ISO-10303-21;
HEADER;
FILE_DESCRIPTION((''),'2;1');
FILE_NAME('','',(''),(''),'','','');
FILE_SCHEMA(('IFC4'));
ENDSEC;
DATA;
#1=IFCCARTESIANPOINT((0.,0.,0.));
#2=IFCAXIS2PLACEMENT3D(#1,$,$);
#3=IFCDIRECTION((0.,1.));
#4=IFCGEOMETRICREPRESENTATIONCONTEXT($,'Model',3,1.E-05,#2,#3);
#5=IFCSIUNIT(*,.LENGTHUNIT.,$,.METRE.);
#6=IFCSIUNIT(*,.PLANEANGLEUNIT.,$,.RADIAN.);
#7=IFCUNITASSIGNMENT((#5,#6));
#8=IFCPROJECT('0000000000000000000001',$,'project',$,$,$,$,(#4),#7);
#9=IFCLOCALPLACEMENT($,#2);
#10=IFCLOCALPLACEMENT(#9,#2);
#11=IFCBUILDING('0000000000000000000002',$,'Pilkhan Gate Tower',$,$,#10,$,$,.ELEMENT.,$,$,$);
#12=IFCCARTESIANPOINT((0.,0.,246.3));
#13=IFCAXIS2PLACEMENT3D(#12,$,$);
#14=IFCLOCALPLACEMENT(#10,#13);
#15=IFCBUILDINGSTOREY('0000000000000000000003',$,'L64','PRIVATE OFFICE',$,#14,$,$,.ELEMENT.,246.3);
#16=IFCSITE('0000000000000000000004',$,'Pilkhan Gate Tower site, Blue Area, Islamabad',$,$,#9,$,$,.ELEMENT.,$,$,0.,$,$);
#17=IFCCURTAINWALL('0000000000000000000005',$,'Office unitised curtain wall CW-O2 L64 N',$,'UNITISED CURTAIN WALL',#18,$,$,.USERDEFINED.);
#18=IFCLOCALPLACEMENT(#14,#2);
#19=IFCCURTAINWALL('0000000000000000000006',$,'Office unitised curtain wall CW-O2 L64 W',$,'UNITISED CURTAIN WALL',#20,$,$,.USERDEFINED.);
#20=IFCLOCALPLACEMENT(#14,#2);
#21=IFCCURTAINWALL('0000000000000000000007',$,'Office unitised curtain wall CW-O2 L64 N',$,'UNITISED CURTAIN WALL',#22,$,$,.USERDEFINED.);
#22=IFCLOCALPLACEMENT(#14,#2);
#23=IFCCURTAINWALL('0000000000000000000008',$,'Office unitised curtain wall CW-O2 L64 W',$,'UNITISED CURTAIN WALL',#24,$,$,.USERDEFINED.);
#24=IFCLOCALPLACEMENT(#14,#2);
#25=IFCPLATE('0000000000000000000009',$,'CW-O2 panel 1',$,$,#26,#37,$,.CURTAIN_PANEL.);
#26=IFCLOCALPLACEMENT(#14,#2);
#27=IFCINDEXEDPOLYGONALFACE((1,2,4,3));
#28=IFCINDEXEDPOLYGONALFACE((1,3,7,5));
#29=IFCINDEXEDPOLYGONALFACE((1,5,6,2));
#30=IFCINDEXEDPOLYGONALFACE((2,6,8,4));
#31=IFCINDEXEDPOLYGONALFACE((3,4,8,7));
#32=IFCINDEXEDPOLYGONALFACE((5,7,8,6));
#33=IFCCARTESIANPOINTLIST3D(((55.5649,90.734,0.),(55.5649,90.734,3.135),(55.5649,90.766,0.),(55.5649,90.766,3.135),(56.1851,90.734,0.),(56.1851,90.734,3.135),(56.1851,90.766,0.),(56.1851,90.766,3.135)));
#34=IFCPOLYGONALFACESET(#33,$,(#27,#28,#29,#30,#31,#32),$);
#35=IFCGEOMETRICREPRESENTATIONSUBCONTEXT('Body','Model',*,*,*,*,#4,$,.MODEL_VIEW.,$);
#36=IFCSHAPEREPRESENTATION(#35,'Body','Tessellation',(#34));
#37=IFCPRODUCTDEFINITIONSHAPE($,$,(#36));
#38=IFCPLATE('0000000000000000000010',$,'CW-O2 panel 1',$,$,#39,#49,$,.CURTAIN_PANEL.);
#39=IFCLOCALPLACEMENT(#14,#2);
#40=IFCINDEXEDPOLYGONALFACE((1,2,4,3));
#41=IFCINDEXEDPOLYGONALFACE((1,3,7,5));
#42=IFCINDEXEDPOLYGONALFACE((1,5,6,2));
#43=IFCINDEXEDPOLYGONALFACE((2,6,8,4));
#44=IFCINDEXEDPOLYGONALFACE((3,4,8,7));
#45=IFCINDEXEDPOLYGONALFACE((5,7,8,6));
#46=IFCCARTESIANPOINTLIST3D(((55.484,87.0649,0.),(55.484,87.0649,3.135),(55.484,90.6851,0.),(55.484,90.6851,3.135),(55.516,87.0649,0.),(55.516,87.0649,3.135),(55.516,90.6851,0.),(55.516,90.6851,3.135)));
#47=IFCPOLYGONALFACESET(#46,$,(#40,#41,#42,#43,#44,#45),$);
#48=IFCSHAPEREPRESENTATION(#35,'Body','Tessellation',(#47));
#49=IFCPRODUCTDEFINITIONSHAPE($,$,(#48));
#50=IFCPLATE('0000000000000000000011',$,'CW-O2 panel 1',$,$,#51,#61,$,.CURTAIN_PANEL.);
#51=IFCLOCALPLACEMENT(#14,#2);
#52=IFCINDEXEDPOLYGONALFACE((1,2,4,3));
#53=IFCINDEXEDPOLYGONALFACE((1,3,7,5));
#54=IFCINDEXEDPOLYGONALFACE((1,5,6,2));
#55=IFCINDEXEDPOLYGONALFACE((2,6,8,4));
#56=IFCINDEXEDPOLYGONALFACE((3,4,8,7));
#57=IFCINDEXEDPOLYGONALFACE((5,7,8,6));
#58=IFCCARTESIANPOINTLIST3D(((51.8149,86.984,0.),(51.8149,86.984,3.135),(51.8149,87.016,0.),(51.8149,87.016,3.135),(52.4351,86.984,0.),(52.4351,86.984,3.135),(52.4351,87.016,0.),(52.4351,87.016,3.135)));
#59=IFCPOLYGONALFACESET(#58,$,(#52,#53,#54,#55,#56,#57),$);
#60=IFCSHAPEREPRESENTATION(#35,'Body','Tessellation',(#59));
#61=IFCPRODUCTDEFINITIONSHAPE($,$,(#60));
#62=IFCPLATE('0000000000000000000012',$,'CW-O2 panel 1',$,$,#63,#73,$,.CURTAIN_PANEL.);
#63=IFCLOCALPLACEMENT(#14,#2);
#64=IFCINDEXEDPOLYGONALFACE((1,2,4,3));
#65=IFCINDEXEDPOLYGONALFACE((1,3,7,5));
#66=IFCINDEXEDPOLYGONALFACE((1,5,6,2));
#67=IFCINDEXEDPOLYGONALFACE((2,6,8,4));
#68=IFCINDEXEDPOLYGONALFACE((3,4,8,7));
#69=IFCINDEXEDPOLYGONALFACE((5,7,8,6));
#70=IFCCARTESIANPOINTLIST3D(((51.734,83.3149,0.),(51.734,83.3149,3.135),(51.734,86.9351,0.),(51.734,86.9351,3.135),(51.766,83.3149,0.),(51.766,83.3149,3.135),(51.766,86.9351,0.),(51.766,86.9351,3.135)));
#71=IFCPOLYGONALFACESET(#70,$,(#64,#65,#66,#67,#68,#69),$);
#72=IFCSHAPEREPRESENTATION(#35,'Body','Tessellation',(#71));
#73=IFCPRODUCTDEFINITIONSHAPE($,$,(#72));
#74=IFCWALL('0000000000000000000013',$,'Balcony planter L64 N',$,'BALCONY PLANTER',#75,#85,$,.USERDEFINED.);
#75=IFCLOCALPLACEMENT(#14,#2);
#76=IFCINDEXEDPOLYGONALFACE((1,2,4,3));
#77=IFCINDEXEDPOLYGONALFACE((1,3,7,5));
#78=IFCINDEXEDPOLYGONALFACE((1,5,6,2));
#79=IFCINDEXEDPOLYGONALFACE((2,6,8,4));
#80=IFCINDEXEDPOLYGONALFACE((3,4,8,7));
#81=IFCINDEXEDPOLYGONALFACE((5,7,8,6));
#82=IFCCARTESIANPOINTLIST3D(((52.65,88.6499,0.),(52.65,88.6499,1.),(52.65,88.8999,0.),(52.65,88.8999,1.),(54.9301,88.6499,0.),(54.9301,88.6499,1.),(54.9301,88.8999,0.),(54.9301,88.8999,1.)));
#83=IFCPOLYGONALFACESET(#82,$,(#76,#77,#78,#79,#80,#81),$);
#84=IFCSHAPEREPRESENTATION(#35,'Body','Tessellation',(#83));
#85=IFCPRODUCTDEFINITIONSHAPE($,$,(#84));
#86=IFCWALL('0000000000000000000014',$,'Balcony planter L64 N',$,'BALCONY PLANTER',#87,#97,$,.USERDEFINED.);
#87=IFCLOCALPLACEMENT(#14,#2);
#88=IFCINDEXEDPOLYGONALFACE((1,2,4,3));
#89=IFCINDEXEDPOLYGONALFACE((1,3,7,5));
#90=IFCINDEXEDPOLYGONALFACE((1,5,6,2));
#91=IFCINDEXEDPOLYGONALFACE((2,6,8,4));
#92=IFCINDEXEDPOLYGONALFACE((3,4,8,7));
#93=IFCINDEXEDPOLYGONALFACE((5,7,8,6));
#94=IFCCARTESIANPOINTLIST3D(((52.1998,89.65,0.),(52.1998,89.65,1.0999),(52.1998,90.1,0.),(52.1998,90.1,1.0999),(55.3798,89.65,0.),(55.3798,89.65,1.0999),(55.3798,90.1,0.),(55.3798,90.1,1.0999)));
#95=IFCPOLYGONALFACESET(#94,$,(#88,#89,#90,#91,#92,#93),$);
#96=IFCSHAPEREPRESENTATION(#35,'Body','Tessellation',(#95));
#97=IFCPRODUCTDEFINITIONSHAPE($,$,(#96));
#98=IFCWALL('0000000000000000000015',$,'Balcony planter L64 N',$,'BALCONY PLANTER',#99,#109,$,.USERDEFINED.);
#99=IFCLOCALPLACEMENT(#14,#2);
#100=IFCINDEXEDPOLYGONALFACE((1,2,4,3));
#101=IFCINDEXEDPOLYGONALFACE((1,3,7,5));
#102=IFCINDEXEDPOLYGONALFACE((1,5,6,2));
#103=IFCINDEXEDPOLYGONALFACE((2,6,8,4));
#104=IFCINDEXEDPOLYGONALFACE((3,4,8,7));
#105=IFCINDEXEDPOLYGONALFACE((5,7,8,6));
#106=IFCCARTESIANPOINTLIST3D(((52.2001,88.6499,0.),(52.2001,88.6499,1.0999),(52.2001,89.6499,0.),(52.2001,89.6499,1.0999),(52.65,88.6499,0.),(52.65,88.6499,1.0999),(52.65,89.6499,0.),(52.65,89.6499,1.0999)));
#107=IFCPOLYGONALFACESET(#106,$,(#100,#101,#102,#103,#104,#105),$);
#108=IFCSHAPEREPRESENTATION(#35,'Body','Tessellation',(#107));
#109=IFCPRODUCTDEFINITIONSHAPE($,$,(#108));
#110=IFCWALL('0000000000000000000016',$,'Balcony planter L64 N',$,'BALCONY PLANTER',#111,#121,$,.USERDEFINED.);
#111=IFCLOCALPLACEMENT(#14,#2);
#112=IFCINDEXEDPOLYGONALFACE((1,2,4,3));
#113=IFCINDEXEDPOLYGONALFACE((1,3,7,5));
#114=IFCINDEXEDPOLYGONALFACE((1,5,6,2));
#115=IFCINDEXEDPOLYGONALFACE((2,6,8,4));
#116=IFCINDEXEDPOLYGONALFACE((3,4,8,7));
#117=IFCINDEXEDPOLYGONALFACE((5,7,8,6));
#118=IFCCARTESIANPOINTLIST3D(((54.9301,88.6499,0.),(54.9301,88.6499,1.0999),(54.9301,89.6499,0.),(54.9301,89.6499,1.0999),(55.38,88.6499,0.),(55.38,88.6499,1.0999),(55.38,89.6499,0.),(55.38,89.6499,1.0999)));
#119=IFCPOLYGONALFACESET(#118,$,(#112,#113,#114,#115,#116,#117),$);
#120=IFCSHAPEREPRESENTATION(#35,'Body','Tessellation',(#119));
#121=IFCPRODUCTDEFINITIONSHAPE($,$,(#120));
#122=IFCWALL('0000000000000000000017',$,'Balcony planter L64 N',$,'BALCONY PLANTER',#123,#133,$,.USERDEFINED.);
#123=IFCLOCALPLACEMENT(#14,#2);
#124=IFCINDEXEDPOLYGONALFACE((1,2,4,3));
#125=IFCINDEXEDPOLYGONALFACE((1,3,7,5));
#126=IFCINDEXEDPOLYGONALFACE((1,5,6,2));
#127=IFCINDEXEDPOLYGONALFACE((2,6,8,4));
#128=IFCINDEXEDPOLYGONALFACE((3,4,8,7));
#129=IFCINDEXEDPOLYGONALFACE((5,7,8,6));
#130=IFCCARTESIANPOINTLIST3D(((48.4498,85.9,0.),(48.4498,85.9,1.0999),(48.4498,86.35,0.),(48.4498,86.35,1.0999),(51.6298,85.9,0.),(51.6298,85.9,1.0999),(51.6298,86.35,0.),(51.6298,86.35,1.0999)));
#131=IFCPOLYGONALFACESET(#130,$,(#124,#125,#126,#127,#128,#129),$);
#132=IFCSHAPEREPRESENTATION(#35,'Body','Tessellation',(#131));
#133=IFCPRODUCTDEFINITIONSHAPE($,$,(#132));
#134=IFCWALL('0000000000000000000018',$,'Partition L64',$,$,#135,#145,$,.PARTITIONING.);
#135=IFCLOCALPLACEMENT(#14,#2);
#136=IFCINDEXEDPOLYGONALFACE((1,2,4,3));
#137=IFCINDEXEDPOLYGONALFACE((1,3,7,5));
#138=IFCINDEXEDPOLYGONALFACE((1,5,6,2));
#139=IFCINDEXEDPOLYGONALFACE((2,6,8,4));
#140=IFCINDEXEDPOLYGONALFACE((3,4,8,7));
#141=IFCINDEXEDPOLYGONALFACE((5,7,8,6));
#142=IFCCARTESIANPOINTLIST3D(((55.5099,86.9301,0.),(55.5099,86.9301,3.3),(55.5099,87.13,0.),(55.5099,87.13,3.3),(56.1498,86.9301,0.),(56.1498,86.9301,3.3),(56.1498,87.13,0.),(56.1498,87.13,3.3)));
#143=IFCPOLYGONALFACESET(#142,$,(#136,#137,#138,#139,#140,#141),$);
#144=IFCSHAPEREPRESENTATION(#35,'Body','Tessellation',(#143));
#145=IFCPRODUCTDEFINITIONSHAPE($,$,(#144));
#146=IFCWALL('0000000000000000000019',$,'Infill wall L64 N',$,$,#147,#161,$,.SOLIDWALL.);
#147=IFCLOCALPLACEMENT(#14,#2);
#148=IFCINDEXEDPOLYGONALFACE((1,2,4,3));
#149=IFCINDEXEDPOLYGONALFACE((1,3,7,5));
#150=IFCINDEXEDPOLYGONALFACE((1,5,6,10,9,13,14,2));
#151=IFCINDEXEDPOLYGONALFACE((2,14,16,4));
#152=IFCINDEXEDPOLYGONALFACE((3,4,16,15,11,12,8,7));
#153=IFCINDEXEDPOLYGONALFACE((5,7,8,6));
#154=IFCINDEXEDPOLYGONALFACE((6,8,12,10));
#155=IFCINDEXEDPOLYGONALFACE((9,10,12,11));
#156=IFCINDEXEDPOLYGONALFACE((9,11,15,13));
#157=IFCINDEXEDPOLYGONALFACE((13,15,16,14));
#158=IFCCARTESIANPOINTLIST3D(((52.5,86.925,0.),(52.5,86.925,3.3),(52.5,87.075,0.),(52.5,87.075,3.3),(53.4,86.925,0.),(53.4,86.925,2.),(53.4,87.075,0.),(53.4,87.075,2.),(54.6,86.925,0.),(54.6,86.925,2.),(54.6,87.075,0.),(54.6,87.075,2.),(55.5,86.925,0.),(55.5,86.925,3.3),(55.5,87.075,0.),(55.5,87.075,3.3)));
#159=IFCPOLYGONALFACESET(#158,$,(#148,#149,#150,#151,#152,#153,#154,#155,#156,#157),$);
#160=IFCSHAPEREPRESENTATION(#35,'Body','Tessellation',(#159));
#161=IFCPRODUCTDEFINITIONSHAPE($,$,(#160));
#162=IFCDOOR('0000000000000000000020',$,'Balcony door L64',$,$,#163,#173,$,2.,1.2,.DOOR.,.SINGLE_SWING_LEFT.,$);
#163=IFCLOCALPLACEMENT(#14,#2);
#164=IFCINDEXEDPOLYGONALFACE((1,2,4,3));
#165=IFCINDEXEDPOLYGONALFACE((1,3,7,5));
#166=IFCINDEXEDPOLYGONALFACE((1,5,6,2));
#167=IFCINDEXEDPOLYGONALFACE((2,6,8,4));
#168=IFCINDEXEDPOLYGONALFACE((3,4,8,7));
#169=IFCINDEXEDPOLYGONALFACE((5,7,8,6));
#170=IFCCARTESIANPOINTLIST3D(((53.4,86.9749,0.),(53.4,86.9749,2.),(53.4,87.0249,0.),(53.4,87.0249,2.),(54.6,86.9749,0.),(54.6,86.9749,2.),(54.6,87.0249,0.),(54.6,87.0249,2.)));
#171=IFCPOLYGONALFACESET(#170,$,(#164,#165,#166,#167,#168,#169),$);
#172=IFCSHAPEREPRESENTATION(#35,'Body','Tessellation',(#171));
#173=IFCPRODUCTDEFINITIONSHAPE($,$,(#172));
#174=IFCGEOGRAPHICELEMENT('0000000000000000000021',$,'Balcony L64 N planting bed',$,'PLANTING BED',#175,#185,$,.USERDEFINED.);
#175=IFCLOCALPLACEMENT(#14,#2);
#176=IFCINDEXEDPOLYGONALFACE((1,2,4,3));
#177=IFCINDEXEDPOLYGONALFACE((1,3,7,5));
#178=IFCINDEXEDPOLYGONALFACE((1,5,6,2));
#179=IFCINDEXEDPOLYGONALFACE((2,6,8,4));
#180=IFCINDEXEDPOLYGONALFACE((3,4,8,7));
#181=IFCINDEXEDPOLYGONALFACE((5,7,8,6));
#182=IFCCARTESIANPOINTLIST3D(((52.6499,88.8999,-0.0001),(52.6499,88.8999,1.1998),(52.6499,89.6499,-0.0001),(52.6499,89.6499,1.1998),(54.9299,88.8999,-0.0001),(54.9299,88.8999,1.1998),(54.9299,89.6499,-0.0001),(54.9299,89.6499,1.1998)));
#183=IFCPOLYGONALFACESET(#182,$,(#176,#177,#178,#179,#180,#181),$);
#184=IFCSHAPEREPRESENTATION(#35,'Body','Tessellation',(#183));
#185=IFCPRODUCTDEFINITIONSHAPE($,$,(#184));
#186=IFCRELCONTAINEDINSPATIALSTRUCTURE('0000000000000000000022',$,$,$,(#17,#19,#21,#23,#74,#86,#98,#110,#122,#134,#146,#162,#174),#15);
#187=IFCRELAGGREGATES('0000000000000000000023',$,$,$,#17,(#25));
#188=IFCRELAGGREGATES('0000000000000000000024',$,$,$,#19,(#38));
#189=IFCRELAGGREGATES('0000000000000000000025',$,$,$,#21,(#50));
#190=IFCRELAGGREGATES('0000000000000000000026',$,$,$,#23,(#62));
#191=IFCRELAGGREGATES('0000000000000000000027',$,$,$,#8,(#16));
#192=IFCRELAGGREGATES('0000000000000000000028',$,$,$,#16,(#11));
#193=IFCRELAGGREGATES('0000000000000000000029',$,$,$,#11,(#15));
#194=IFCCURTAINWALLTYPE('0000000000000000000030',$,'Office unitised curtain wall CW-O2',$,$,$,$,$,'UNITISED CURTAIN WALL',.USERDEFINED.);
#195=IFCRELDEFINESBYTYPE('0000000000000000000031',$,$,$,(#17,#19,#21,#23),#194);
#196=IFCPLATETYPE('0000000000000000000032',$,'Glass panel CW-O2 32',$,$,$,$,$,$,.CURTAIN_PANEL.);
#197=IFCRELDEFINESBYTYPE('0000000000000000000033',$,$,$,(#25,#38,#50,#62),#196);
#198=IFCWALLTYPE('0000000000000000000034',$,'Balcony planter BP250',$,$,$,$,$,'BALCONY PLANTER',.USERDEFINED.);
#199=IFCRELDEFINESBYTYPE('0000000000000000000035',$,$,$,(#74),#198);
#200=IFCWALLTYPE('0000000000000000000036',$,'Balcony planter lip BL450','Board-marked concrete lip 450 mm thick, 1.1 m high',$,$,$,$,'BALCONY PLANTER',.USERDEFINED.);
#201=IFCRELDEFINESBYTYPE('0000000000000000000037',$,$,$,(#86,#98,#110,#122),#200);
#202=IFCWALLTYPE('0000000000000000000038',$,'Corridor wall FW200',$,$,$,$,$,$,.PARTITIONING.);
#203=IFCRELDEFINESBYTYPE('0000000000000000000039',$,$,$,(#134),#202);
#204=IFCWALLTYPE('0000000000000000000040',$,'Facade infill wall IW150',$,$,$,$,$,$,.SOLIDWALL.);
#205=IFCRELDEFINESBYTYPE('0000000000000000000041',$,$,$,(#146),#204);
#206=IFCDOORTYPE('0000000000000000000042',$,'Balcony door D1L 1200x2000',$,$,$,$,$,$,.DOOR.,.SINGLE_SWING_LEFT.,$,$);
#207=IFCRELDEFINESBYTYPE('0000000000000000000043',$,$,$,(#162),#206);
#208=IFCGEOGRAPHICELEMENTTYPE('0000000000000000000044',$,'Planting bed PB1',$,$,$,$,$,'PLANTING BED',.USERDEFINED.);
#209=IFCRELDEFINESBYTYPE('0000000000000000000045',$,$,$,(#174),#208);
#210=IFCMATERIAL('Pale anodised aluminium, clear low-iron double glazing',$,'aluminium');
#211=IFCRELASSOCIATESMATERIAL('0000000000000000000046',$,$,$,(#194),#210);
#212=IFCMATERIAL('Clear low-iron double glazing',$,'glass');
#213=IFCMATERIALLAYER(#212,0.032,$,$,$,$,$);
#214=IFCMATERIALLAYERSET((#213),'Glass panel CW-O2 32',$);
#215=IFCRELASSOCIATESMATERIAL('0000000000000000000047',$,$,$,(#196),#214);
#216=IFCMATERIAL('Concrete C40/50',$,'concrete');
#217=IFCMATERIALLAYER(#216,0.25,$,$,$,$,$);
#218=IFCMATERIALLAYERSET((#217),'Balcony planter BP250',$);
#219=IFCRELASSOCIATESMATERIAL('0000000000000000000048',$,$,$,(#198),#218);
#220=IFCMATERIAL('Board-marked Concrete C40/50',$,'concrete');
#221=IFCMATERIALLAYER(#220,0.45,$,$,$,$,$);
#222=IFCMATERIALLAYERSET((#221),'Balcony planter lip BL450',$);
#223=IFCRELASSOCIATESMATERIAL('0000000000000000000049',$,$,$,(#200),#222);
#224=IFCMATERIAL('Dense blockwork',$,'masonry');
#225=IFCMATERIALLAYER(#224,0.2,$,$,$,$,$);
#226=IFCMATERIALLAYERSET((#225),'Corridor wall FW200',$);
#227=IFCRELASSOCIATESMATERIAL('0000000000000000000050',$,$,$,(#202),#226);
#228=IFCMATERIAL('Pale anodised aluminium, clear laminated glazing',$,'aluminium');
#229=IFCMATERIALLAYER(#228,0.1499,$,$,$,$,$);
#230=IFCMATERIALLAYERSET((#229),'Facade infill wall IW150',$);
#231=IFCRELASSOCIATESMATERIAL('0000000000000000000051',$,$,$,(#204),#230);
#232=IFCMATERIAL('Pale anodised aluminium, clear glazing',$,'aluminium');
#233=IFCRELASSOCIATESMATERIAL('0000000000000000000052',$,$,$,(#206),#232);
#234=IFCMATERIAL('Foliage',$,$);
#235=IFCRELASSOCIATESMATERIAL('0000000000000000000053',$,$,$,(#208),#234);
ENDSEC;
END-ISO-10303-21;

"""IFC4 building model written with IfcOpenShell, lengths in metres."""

from ifc_helpers import new_model, si_unit, direction, frame, frame_2d, origin, origin_2d, place, context, subcontext, project, spatial, rectangle, extrude, material, layer, layer_set, material_profile, profile_set, type_object, element, fill, aggregate, save


model = new_model("IFC4")

# Units and contexts
model_context = context("Model", 3, precision=1e-05, world=origin(), true_north=direction((0.0, 1.0)))
body_context = subcontext(model_context, "Body", "Model", "MODEL_VIEW")
ifc_project = project(units=[si_unit("LENGTHUNIT", "METRE"), si_unit("PLANEANGLEUNIT", "RADIAN")], contexts=[model_context])

# Site, building, storey
site_placement = place(None, origin())
site = spatial("IfcSite", under=ifc_project, at=site_placement, Name="Pilkhan Gate Tower site, Blue Area, Islamabad", CompositionType="ELEMENT", RefElevation=0.0)
building_placement = place(site_placement, origin())
building = spatial("IfcBuilding", under=site, at=building_placement, Name="Pilkhan Gate Tower", CompositionType="ELEMENT")
storey_placement = place(building_placement, frame((0.0, 0.0, 246.3)))
storey = spatial("IfcBuildingStorey", under=building, at=storey_placement, Name="L64", Description="PRIVATE OFFICE", CompositionType="ELEMENT", Elevation=246.3)

# Curtain wall
ifc_material_1 = material(Name="Pale anodised aluminium, clear low-iron double glazing", Category="aluminium")
curtain_wall_type = type_object("IfcCurtainWallType", Name="Office unitised curtain wall CW-O2", ElementType="UNITISED CURTAIN WALL", PredefinedType="USERDEFINED", material=ifc_material_1)
curtain_wall_1_placement = place(storey_placement, origin())
curtain_wall_1 = element("IfcCurtainWall", 1, at=curtain_wall_1_placement, inside=storey, type_object=curtain_wall_type, Name="Office unitised curtain wall CW-O2 L64 N", ObjectType="UNITISED CURTAIN WALL", PredefinedType="USERDEFINED")

# Curtain walls
curtain_wall_2_placement = place(storey_placement, origin())
curtain_wall_2 = element("IfcCurtainWall", 2, at=curtain_wall_2_placement, inside=storey, type_object=curtain_wall_type, Name="Office unitised curtain wall CW-O2 L64 W", ObjectType="UNITISED CURTAIN WALL", PredefinedType="USERDEFINED")
curtain_wall_3_placement = place(storey_placement, origin())
curtain_wall_3 = element("IfcCurtainWall", 3, at=curtain_wall_3_placement, inside=storey, type_object=curtain_wall_type, Name="Office unitised curtain wall CW-O2 L64 N", ObjectType="UNITISED CURTAIN WALL", PredefinedType="USERDEFINED")

# Curtain wall
curtain_wall_4_placement = place(storey_placement, origin())
curtain_wall_4 = element("IfcCurtainWall", 4, at=curtain_wall_4_placement, inside=storey, type_object=curtain_wall_type, Name="Office unitised curtain wall CW-O2 L64 W", ObjectType="UNITISED CURTAIN WALL", PredefinedType="USERDEFINED")

# Plates
ifc_material_2 = material(Name="Clear low-iron double glazing", Category="glass")
ifc_layer_1 = layer(ifc_material_2, 0.032)
ifc_layer_set_1 = layer_set([ifc_layer_1], Name="Glass panel CW-O2 32")
plate_type = type_object("IfcPlateType", Name="Glass panel CW-O2 32", PredefinedType="CURTAIN_PANEL", material=ifc_layer_set_1)
plate_1_placement = place(storey_placement, frame((55.875, 90.75, 0.0), z_axis=(0.0, 0.0, 1.0), x_axis=(1.0, 0.0, 0.0)))
plate_1 = element("IfcPlate", 5, at=plate_1_placement, type_object=plate_type, Name="CW-O2 panel 1", PredefinedType="CURTAIN_PANEL", context=body_context, shape_type="SweptSolid", body=[
    extrude(rectangle(XDim=0.6201, YDim=0.032, at=origin_2d()), origin(), (0.0, 0.0, 1.0), 3.135),
])
aggregate(curtain_wall_1, [plate_1])
plate_2_placement = place(storey_placement, frame((55.5, 88.875, 0.0), z_axis=(0.0, 0.0, 1.0), x_axis=(0.0, 1.0, 0.0)))
plate_2 = element("IfcPlate", 6, at=plate_2_placement, type_object=plate_type, Name="CW-O2 panel 1", PredefinedType="CURTAIN_PANEL", context=body_context, shape_type="SweptSolid", body=[
    extrude(rectangle(XDim=3.6201, YDim=0.032, at=origin_2d()), origin(), (0.0, 0.0, 1.0), 3.135),
])
aggregate(curtain_wall_2, [plate_2])
plate_3_placement = place(storey_placement, frame((52.125, 87.0, 0.0), z_axis=(0.0, 0.0, 1.0), x_axis=(1.0, 0.0, 0.0)))
plate_3 = element("IfcPlate", 7, at=plate_3_placement, type_object=plate_type, Name="CW-O2 panel 1", PredefinedType="CURTAIN_PANEL", context=body_context, shape_type="SweptSolid", body=[
    extrude(rectangle(XDim=0.6201, YDim=0.032, at=origin_2d()), origin(), (0.0, 0.0, 1.0), 3.135),
])
aggregate(curtain_wall_3, [plate_3])
plate_4_placement = place(storey_placement, frame((51.75, 85.125, 0.0), z_axis=(0.0, 0.0, 1.0), x_axis=(0.0, 1.0, 0.0)))
plate_4 = element("IfcPlate", 8, at=plate_4_placement, type_object=plate_type, Name="CW-O2 panel 1", PredefinedType="CURTAIN_PANEL", context=body_context, shape_type="SweptSolid", body=[
    extrude(rectangle(XDim=3.6201, YDim=0.032, at=origin_2d()), origin(), (0.0, 0.0, 1.0), 3.135),
])
aggregate(curtain_wall_4, [plate_4])

# Walls
ifc_material_3 = material(Name="Concrete C40/50", Category="concrete")
ifc_layer_2 = layer(ifc_material_3, 0.25)
ifc_layer_set_2 = layer_set([ifc_layer_2], Name="Balcony planter BP250")
wall_type_1 = type_object("IfcWallType", Name="Balcony planter BP250", ElementType="BALCONY PLANTER", PredefinedType="USERDEFINED", material=ifc_layer_set_2)
wall_1_placement = place(storey_placement, frame((52.6499, 88.7749, 0.0), z_axis=(0.0, 0.0, 1.0), x_axis=(1.0, 0.0, 0.0)))
element("IfcWall", 9, at=wall_1_placement, inside=storey, type_object=wall_type_1, Name="Balcony planter L64 N", ObjectType="BALCONY PLANTER", PredefinedType="USERDEFINED", context=body_context, shape_type="SweptSolid", body=[
    extrude(rectangle(XDim=2.28, YDim=0.25, at=frame_2d((1.1401, 0.0))), origin(), (0.0, 0.0, 1.0), 1.0),
])
ifc_material_4 = material(Name="Board-marked Concrete C40/50", Category="concrete")
ifc_layer_3 = layer(ifc_material_4, 0.45)
ifc_layer_set_3 = layer_set([ifc_layer_3], Name="Balcony planter lip BL450")
wall_type_2 = type_object("IfcWallType", Name="Balcony planter lip BL450", Description="Board-marked concrete lip 450 mm thick, 1.1 m high", ElementType="BALCONY PLANTER", PredefinedType="USERDEFINED", material=ifc_layer_set_3)
wall_2_placement = place(storey_placement, frame((52.2, 89.875, 0.0), z_axis=(0.0, 0.0, 1.0), x_axis=(1.0, 0.0, 0.0)))
element("IfcWall", 10, at=wall_2_placement, inside=storey, type_object=wall_type_2, Name="Balcony planter L64 N", ObjectType="BALCONY PLANTER", PredefinedType="USERDEFINED", context=body_context, shape_type="SweptSolid", body=[
    extrude(rectangle(XDim=3.1799, YDim=0.45, at=frame_2d((1.5898, 0.0))), origin(), (0.0, 0.0, 1.0), 1.0999),
])
for number, where, z_axis, x_axis, name in (
    (11, (52.425, 88.6499, 0.0), (0.0, 0.0, 1.0), (0.0, 1.0, 0.0), "Balcony planter L64 N"),
    (12, (55.155, 88.6499, 0.0), (0.0, 0.0, 1.0), (0.0, 1.0, 0.0), "Balcony planter L64 N"),
):
    element("IfcWall", number, at=place(storey_placement, frame(where, z_axis=z_axis, x_axis=x_axis)), inside=storey, type_object=wall_type_2, Name=name, ObjectType="BALCONY PLANTER", PredefinedType="USERDEFINED", context=body_context, shape_type="SweptSolid", body=[
        extrude(rectangle(XDim=1.0, YDim=0.45, at=frame_2d((0.5, 0.0))), origin(), (0.0, 0.0, 1.0), 1.0999),
    ])
wall_3_placement = place(storey_placement, frame((48.45, 86.125, 0.0), z_axis=(0.0, 0.0, 1.0), x_axis=(1.0, 0.0, 0.0)))
element("IfcWall", 13, at=wall_3_placement, inside=storey, type_object=wall_type_2, Name="Balcony planter L64 N", ObjectType="BALCONY PLANTER", PredefinedType="USERDEFINED", context=body_context, shape_type="SweptSolid", body=[
    extrude(rectangle(XDim=3.1799, YDim=0.45, at=frame_2d((1.5898, 0.0))), origin(), (0.0, 0.0, 1.0), 1.0999),
])
ifc_material_5 = material(Name="Dense blockwork", Category="masonry")
ifc_layer_4 = layer(ifc_material_5, 0.2)
ifc_layer_set_4 = layer_set([ifc_layer_4], Name="Corridor wall FW200")
wall_type_3 = type_object("IfcWallType", Name="Corridor wall FW200", PredefinedType="PARTITIONING", material=ifc_layer_set_4)
wall_4_placement = place(storey_placement, frame((55.51, 87.03, 0.0), z_axis=(0.0, 0.0, 1.0), x_axis=(1.0, 0.0, 0.0)))
element("IfcWall", 14, at=wall_4_placement, inside=storey, type_object=wall_type_3, Name="Partition L64", PredefinedType="PARTITIONING", context=body_context, shape_type="SweptSolid", body=[
    extrude(rectangle(XDim=0.6399, YDim=0.2, at=frame_2d((0.3198, 0.0))), origin(), (0.0, 0.0, 1.0), 3.3),
])

# Wall, opening, door
ifc_material_6 = material(Name="Pale anodised aluminium, clear laminated glazing", Category="aluminium")
ifc_layer_5 = layer(ifc_material_6, 0.1499)
ifc_layer_set_5 = layer_set([ifc_layer_5], Name="Facade infill wall IW150")
wall_type_4 = type_object("IfcWallType", Name="Facade infill wall IW150", PredefinedType="SOLIDWALL", material=ifc_layer_set_5)
wall_5_placement = place(storey_placement, frame((52.5, 87.0, 0.0), z_axis=(0.0, 0.0, 1.0), x_axis=(1.0, 0.0, 0.0)))
wall_5 = element("IfcWall", 15, at=wall_5_placement, inside=storey, type_object=wall_type_4, Name="Infill wall L64 N", PredefinedType="SOLIDWALL", context=body_context, shape_type="SweptSolid", body=[
    extrude(rectangle(XDim=3.0, YDim=0.1499, at=frame_2d((1.5, 0.0))), origin(), (0.0, 0.0, 1.0), 3.3),
])
opening_placement = place(wall_5_placement, frame((0.8999, 0.0, 0.0)))
opening = element("IfcOpeningElement", 16, at=opening_placement, cuts=wall_5, PredefinedType="OPENING", context=body_context, shape_type="SweptSolid", body=[
    extrude(rectangle(XDim=1.2, YDim=2.0, at=frame_2d((0.6001, 1.0))), frame((0.0, 0.085, 0.0), z_axis=(0.0, -1.0, 0.0), x_axis=(1.0, 0.0, 0.0)), (0.0, 0.0, 1.0), 0.1699),
])
ifc_material_7 = material(Name="Pale anodised aluminium, clear glazing", Category="aluminium")
door_type = type_object("IfcDoorType", Name="Balcony door D1L 1200x2000", OperationType="SINGLE_SWING_LEFT", PredefinedType="DOOR", material=ifc_material_7)
door_placement = place(opening_placement, origin())
door = element("IfcDoor", 17, at=door_placement, inside=storey, type_object=door_type, Name="Balcony door L64", OperationType="SINGLE_SWING_LEFT", OverallHeight=2.0, OverallWidth=1.2, PredefinedType="DOOR", context=body_context, shape_type="SweptSolid", body=[
    extrude(rectangle(XDim=1.2, YDim=2.0, at=frame_2d((0.6001, 1.0))), frame((0.0, 0.0249, 0.0), z_axis=(0.0, -1.0, 0.0), x_axis=(1.0, 0.0, 0.0)), (0.0, 0.0, 1.0), 0.05),
])
fill(opening, door)

# Geographic element
ifc_material_8 = material(Name="Foliage")
ifc_material_profile_1 = material_profile(ifc_material_8, rectangle(XDim=0.75, YDim=1.2, at=origin_2d()), Name="Bed 750x1200")
ifc_profile_set_1 = profile_set([ifc_material_profile_1], Name="Foliage")
geographic_element_type_1 = type_object("IfcGeographicElementType", Name="Planting bed PB1", ElementType="PLANTING BED", PredefinedType="USERDEFINED", material=ifc_profile_set_1)
for number, where, z_axis, x_axis, name in (
    (18, (52.6499, 89.2749, 0.5999), (1.0, 0.0, 0.0), (0.0, 1.0, 0.0), "Balcony L64 N planting bed"),
):
    element("IfcGeographicElement", number, at=place(storey_placement, frame(where, z_axis=z_axis, x_axis=x_axis)), inside=storey, type_object=geographic_element_type_1, Name=name, ObjectType="PLANTING BED", PredefinedType="USERDEFINED", context=body_context, shape_type="SweptSolid", body=[
        extrude(rectangle(XDim=0.75, YDim=1.2, at=origin_2d()), origin(), (0.0, 0.0, 1.0), 2.28),
    ])

save(model, "model.ifc")
